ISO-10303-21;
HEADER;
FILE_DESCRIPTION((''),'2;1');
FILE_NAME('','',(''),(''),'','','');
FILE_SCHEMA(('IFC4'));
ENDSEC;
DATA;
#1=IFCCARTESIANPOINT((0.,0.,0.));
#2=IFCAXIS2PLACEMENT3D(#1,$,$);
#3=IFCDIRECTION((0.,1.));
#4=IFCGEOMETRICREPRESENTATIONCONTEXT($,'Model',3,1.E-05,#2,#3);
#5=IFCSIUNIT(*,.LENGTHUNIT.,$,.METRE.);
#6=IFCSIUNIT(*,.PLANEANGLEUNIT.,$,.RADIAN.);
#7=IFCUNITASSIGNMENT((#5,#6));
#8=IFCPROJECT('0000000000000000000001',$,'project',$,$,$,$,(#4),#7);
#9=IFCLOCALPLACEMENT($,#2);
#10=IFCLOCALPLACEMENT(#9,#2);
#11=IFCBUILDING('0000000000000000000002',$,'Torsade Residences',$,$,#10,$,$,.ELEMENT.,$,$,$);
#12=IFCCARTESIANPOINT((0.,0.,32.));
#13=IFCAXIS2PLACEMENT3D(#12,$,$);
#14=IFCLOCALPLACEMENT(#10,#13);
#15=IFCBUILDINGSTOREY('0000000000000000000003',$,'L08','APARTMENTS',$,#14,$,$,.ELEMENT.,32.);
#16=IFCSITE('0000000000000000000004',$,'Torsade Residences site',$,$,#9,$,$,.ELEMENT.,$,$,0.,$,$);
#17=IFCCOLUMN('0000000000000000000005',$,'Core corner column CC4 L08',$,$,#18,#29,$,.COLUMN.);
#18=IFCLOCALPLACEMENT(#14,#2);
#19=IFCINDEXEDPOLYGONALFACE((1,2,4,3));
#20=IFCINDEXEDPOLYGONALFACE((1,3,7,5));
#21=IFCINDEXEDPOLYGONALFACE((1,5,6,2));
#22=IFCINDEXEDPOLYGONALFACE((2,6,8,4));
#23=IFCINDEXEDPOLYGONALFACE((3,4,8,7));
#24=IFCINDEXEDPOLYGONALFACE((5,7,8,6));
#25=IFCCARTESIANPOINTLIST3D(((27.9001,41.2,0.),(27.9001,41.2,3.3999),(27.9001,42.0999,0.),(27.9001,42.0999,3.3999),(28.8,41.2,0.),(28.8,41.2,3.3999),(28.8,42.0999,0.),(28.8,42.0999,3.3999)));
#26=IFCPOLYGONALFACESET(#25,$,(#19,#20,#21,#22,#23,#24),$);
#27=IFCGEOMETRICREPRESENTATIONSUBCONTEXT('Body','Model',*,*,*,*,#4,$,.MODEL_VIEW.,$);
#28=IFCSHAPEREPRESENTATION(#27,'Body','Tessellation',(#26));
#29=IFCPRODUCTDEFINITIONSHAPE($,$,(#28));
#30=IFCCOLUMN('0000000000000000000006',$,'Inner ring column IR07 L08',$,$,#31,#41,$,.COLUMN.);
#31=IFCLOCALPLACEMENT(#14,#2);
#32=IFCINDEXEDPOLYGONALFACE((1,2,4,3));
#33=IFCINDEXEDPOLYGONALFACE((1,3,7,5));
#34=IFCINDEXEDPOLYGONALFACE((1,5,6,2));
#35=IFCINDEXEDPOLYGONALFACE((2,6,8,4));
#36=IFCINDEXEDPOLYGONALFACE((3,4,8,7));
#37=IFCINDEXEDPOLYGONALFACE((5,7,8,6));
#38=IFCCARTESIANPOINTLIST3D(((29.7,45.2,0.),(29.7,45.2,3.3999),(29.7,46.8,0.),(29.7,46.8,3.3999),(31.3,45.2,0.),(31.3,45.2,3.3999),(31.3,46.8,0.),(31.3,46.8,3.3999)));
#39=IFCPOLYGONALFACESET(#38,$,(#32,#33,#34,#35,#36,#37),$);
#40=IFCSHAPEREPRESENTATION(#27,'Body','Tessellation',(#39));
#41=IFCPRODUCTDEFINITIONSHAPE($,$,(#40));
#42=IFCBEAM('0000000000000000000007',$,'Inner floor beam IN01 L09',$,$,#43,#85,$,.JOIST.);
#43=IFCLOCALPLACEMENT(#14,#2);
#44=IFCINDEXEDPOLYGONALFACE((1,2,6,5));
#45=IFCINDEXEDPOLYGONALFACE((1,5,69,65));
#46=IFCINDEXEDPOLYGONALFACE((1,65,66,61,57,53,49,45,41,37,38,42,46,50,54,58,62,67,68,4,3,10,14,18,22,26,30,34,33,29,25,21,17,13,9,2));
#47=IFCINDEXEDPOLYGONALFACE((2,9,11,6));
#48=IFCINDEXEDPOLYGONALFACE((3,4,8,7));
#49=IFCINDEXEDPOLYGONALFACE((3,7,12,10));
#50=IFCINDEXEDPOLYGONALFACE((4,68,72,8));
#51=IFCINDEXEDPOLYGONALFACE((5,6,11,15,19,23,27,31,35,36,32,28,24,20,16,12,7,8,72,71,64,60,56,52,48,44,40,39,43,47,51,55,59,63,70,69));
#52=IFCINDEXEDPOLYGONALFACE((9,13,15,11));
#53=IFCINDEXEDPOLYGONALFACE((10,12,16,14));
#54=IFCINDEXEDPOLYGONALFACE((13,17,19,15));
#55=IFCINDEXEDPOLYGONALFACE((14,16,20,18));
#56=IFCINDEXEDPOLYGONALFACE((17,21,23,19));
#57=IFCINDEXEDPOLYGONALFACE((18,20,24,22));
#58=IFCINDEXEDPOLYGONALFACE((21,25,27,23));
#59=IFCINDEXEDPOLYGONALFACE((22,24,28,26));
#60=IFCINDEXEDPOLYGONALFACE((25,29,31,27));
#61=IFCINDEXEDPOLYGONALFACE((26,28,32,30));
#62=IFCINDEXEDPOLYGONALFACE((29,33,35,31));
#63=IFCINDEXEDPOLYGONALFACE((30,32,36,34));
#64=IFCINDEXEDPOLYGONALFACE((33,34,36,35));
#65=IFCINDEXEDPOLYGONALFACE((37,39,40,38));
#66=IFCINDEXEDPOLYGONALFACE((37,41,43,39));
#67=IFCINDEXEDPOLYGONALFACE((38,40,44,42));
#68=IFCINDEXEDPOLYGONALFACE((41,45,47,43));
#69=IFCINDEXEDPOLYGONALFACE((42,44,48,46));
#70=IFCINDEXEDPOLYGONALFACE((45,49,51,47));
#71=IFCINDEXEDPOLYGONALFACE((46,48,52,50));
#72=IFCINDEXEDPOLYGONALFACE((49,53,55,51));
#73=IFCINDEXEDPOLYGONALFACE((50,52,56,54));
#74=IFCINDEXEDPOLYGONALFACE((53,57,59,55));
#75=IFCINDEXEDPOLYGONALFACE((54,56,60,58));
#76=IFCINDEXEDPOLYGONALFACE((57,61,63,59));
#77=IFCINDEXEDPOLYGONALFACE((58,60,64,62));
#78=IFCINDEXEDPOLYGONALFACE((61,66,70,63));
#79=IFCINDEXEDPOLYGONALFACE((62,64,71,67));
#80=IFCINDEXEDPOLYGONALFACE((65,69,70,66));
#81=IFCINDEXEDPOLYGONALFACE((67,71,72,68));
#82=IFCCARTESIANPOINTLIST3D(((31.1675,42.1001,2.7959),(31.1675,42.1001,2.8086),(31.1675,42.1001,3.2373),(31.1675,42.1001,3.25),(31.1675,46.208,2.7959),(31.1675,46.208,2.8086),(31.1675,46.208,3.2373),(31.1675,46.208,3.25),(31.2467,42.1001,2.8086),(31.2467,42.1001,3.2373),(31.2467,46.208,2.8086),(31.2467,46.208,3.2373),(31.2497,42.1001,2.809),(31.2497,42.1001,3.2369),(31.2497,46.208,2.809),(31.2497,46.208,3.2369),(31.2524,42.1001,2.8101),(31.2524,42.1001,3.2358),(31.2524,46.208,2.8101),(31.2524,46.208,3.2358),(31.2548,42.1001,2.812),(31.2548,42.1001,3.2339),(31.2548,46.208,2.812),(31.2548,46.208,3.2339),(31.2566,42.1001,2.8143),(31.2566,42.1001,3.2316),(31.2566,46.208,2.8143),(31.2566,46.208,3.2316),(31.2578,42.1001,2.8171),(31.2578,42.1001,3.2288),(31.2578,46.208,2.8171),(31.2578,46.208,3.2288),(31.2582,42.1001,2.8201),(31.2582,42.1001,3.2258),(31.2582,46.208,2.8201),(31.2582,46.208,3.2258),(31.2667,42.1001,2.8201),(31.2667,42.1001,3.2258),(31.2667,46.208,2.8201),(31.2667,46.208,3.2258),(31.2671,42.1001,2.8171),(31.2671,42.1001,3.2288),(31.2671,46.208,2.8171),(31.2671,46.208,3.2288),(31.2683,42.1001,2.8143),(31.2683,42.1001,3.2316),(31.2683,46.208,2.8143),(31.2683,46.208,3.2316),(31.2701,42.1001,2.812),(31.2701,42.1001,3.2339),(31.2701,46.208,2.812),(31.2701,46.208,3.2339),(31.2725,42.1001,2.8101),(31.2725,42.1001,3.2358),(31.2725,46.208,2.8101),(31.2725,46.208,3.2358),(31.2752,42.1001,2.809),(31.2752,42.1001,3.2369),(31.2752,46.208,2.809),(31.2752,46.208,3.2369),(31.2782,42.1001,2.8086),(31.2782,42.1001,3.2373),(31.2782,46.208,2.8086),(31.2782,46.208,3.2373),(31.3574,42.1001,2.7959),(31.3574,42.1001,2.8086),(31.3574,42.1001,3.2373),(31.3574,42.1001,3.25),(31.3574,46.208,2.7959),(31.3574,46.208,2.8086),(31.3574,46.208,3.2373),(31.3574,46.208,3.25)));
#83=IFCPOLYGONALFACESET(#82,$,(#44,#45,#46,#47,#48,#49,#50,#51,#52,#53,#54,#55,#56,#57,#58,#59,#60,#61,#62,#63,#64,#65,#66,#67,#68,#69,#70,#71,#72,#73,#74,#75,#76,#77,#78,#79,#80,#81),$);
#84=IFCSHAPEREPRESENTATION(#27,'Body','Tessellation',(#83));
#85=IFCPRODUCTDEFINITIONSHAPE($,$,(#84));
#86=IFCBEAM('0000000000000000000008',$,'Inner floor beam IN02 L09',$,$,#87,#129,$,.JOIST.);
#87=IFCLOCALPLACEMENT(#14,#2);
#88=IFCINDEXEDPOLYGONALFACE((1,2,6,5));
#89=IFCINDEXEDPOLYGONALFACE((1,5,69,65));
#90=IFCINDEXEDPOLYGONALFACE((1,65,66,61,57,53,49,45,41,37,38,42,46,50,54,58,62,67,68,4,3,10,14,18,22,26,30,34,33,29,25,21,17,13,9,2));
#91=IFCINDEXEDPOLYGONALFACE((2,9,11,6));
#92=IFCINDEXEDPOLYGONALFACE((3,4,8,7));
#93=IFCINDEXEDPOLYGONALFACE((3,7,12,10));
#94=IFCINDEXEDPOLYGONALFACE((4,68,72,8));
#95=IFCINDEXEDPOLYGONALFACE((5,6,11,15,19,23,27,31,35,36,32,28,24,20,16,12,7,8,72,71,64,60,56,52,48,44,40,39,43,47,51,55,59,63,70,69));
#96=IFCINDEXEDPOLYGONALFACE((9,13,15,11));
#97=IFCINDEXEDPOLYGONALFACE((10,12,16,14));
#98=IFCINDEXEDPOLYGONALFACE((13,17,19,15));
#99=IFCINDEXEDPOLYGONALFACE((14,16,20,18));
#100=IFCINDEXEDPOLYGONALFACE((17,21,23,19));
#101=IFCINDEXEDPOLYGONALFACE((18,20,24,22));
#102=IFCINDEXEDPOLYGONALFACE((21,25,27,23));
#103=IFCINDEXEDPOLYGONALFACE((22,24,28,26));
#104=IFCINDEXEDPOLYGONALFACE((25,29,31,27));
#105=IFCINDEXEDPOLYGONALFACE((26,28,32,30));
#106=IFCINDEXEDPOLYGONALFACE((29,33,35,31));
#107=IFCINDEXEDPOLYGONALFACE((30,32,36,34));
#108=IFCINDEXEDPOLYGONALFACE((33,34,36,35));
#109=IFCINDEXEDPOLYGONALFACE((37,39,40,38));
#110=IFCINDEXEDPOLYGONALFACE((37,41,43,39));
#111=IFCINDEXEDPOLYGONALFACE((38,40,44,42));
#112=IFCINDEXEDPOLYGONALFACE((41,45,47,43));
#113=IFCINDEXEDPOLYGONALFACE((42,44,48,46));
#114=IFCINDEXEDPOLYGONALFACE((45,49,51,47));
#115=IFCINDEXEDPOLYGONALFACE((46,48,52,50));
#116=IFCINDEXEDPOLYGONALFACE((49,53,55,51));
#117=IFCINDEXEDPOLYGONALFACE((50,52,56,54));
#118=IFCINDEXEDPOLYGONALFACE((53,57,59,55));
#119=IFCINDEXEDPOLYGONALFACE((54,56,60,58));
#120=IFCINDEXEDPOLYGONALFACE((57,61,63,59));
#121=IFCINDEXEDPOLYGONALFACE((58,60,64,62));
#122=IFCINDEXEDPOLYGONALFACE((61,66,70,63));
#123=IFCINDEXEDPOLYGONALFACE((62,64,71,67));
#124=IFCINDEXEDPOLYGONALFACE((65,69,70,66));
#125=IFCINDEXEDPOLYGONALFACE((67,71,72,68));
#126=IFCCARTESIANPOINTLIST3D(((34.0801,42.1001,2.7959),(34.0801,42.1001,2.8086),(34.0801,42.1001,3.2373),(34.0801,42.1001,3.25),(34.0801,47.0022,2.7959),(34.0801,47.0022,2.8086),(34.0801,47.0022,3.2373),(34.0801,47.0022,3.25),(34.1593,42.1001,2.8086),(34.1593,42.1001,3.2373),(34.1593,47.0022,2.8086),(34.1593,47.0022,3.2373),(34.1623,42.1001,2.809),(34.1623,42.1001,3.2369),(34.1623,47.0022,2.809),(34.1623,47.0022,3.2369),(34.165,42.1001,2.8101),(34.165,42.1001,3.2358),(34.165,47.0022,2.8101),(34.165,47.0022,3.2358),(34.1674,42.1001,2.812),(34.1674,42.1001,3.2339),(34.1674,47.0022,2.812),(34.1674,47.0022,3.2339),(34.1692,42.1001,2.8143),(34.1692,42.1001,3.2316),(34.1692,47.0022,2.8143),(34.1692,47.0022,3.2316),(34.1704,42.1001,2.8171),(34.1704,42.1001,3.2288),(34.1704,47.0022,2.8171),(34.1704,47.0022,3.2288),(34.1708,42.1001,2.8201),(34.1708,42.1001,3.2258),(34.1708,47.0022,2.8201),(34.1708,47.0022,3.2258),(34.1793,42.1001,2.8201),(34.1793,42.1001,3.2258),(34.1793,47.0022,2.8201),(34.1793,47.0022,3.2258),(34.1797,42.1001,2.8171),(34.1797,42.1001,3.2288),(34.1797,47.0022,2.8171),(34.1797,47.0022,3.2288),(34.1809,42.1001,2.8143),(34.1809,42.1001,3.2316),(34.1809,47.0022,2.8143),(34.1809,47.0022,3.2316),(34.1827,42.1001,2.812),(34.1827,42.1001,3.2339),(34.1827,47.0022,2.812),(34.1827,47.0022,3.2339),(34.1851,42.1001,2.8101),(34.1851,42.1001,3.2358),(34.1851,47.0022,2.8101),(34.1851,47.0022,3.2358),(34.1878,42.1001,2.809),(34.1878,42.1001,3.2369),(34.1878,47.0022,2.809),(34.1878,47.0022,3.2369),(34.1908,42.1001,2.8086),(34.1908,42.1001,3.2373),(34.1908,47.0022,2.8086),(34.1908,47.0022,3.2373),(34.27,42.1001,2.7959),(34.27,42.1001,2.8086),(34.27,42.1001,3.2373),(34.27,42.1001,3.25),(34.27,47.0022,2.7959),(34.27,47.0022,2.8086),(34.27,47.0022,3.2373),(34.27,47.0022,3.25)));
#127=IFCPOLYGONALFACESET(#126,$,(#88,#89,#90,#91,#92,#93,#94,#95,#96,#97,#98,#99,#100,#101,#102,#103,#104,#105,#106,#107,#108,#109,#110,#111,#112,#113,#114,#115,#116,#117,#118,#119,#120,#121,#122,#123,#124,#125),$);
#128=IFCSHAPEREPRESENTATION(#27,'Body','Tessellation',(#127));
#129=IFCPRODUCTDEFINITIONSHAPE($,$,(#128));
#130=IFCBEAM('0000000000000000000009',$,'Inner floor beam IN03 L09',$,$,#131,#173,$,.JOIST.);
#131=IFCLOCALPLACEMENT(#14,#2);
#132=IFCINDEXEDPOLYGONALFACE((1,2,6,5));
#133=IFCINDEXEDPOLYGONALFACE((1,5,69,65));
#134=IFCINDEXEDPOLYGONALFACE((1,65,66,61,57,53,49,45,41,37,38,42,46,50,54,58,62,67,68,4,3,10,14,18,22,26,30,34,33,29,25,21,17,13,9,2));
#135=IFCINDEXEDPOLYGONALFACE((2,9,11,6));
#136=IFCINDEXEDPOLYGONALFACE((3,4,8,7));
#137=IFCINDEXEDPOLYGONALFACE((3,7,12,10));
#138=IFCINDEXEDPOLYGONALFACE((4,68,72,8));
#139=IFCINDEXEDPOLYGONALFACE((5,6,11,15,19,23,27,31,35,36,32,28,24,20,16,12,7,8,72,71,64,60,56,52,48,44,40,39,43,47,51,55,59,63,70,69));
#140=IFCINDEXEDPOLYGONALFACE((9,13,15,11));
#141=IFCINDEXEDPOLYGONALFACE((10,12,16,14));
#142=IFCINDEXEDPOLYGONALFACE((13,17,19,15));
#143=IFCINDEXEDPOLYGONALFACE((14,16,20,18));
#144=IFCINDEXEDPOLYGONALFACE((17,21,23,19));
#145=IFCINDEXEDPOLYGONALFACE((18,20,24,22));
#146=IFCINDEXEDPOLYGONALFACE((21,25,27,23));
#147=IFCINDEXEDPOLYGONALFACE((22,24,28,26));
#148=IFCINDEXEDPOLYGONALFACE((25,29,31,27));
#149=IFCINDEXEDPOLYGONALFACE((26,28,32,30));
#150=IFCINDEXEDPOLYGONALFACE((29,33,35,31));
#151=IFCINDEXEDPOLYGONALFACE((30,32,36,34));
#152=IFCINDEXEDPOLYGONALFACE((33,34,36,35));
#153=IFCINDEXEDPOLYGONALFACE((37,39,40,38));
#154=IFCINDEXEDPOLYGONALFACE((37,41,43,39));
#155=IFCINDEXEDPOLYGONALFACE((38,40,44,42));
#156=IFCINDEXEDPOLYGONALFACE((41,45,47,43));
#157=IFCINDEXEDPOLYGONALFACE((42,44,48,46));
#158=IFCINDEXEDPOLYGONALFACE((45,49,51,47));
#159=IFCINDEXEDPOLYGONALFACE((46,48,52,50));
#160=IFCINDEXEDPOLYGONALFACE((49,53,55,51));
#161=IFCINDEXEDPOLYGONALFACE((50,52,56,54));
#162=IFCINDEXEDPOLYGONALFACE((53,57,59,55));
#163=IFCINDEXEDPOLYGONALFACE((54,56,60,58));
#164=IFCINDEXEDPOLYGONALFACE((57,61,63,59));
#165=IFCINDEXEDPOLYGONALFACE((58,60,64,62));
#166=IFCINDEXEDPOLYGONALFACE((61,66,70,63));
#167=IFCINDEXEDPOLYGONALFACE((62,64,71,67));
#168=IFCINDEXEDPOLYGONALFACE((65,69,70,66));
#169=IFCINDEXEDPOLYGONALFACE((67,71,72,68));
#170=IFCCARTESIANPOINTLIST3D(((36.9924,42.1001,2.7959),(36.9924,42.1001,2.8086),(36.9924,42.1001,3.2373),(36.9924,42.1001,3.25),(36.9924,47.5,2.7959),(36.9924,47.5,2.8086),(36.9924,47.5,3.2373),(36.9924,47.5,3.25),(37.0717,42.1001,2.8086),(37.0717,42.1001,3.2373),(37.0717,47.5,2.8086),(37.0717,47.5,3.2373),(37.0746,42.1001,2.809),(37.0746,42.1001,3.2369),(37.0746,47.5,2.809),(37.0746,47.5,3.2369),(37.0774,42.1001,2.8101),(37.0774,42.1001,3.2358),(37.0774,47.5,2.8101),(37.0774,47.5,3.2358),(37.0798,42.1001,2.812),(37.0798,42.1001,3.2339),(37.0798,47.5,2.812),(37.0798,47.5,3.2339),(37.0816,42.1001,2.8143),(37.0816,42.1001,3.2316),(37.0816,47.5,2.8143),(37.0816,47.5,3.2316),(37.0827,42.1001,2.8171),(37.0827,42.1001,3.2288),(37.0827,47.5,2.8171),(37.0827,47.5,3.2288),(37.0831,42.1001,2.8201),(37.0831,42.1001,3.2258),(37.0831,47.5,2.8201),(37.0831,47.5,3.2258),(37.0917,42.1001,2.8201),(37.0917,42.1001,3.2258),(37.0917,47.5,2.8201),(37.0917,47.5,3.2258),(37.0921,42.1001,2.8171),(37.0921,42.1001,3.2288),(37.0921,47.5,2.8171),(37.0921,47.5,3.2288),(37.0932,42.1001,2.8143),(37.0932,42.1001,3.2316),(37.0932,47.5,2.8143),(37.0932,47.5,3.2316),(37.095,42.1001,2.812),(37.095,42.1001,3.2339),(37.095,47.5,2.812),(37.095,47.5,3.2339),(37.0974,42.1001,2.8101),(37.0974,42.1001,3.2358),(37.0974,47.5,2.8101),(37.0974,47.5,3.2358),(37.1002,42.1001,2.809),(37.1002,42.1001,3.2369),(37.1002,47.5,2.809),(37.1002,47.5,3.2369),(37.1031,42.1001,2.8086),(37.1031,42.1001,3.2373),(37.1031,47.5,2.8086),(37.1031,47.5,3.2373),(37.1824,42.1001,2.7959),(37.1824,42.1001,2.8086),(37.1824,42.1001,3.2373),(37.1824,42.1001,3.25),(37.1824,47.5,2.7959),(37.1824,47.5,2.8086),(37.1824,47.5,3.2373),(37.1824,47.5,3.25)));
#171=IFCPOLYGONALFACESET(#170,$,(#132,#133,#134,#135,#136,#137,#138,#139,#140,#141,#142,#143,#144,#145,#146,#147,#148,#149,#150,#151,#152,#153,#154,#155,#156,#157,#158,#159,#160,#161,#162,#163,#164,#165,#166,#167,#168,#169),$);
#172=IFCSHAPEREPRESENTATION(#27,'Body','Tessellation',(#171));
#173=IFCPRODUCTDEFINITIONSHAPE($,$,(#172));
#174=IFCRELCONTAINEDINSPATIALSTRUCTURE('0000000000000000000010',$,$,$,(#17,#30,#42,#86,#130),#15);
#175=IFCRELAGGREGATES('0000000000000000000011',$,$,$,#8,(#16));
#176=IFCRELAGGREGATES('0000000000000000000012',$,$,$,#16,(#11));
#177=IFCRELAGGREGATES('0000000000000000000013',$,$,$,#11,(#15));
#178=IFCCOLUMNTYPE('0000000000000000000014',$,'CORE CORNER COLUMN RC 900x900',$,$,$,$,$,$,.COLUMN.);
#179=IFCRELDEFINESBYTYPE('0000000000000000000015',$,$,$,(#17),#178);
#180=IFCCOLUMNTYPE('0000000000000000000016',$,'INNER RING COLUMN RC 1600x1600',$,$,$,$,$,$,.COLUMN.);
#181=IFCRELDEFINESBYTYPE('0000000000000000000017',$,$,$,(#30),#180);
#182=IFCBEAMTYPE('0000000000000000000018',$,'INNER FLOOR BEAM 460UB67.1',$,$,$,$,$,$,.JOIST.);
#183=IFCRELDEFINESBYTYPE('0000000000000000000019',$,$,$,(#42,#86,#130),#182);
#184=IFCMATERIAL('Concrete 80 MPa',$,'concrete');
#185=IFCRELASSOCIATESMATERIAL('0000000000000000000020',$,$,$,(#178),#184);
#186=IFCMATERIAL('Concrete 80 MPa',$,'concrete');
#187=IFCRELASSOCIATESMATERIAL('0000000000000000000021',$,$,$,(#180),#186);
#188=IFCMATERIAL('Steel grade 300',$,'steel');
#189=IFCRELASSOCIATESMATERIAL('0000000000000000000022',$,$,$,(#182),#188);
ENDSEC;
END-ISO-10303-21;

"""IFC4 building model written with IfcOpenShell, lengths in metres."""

from ifc_helpers import new_model, si_unit, direction, frame, origin, origin_2d, place, context, subcontext, project, spatial, rectangle, i_section, extrude, material, material_profile, profile_set, type_object, element, save


model = new_model("IFC4")

# Units and contexts
model_context = context("Model", 3, precision=1e-05, world=origin(), true_north=direction((0.0, 1.0)))
body_context = subcontext(model_context, "Body", "Model", "MODEL_VIEW")
ifc_project = project(units=[si_unit("LENGTHUNIT", "METRE"), si_unit("PLANEANGLEUNIT", "RADIAN")], contexts=[model_context])

# Site, building, storey
site_placement = place(None, origin())
site = spatial("IfcSite", under=ifc_project, at=site_placement, Name="Torsade Residences site", CompositionType="ELEMENT", RefElevation=0.0)
building_placement = place(site_placement, origin())
building = spatial("IfcBuilding", under=site, at=building_placement, Name="Torsade Residences", CompositionType="ELEMENT")
storey_placement = place(building_placement, frame((0.0, 0.0, 32.0)))
storey = spatial("IfcBuildingStorey", under=building, at=storey_placement, Name="L08", Description="APARTMENTS", CompositionType="ELEMENT", Elevation=32.0)

# Columns
ifc_material_1 = material(Name="Concrete 80 MPa", Category="concrete")
ifc_material_profile_1 = material_profile(ifc_material_1, rectangle(XDim=0.8999, YDim=0.8999, at=origin_2d()), Name="RC 900x900")
ifc_profile_set_1 = profile_set([ifc_material_profile_1], Name="Concrete 80 MPa")
column_type_1 = type_object("IfcColumnType", Name="CORE CORNER COLUMN RC 900x900", PredefinedType="COLUMN", material=ifc_profile_set_1)
column_1_placement = place(storey_placement, frame((28.3501, 41.6499, 0.0), z_axis=(0.0, 0.0, 1.0), x_axis=(1.0, 0.0, 0.0)))
element("IfcColumn", 1, at=column_1_placement, inside=storey, type_object=column_type_1, Name="Core corner column CC4 L08", PredefinedType="COLUMN", context=body_context, shape_type="SweptSolid", body=[
    extrude(rectangle(XDim=0.8999, YDim=0.8999, at=origin_2d()), origin(), (0.0, 0.0, 1.0), 3.3999),
])
ifc_material_2 = material(Name="Concrete 80 MPa", Category="concrete")
ifc_material_profile_2 = material_profile(ifc_material_2, rectangle(XDim=1.6001, YDim=1.6001, at=origin_2d()), Name="RC 1600x1600")
ifc_profile_set_2 = profile_set([ifc_material_profile_2], Name="Concrete 80 MPa")
column_type_2 = type_object("IfcColumnType", Name="INNER RING COLUMN RC 1600x1600", PredefinedType="COLUMN", material=ifc_profile_set_2)
column_2_placement = place(storey_placement, frame((30.5, 46.0, 0.0), z_axis=(0.0, 0.0, 1.0), x_axis=(1.0, 0.0, 0.0)))
element("IfcColumn", 2, at=column_2_placement, inside=storey, type_object=column_type_2, Name="Inner ring column IR07 L08", PredefinedType="COLUMN", context=body_context, shape_type="SweptSolid", body=[
    extrude(rectangle(XDim=1.6001, YDim=1.6001, at=origin_2d()), origin(), (0.0, 0.0, 1.0), 3.3999),
])

# Beams
ifc_material_3 = material(Name="Steel grade 300", Category="steel")
ifc_material_profile_3 = material_profile(ifc_material_3, i_section(OverallWidth=0.1899, OverallDepth=0.4541, WebThickness=0.0085, FlangeThickness=0.0127, FilletRadius=0.0115, at=origin_2d()), Name="460UB67.1")
ifc_profile_set_3 = profile_set([ifc_material_profile_3], Name="Steel grade 300")
beam_type_1 = type_object("IfcBeamType", Name="INNER FLOOR BEAM 460UB67.1", PredefinedType="JOIST", material=ifc_profile_set_3)
beam_1_placement = place(storey_placement, frame((31.2625, 42.1001, 3.0229), z_axis=(0.0, 1.0, 0.0), x_axis=(-1.0, 0.0, 0.0)))
element("IfcBeam", 3, at=beam_1_placement, inside=storey, type_object=beam_type_1, Name="Inner floor beam IN01 L09", PredefinedType="JOIST", context=body_context, shape_type="SweptSolid", body=[
    extrude(i_section(OverallWidth=0.1899, OverallDepth=0.4541, WebThickness=0.0085, FlangeThickness=0.0127, FilletRadius=0.0115, at=origin_2d()), origin(), (0.0, 0.0, 1.0), 4.1079),
])
beam_2_placement = place(storey_placement, frame((34.175, 42.1001, 3.0229), z_axis=(0.0, 1.0, 0.0), x_axis=(-1.0, 0.0, 0.0)))
element("IfcBeam", 4, at=beam_2_placement, inside=storey, type_object=beam_type_1, Name="Inner floor beam IN02 L09", PredefinedType="JOIST", context=body_context, shape_type="SweptSolid", body=[
    extrude(i_section(OverallWidth=0.1899, OverallDepth=0.4541, WebThickness=0.0085, FlangeThickness=0.0127, FilletRadius=0.0115, at=origin_2d()), origin(), (0.0, 0.0, 1.0), 4.9021),
])
beam_3_placement = place(storey_placement, frame((37.0874, 42.1001, 3.0229), z_axis=(0.0, 1.0, 0.0), x_axis=(-1.0, 0.0, 0.0)))
element("IfcBeam", 5, at=beam_3_placement, inside=storey, type_object=beam_type_1, Name="Inner floor beam IN03 L09", PredefinedType="JOIST", context=body_context, shape_type="SweptSolid", body=[
    extrude(i_section(OverallWidth=0.1899, OverallDepth=0.4541, WebThickness=0.0085, FlangeThickness=0.0127, FilletRadius=0.0115, at=origin_2d()), origin(), (0.0, 0.0, 1.0), 5.3999),
])

save(model, "model.ifc")
